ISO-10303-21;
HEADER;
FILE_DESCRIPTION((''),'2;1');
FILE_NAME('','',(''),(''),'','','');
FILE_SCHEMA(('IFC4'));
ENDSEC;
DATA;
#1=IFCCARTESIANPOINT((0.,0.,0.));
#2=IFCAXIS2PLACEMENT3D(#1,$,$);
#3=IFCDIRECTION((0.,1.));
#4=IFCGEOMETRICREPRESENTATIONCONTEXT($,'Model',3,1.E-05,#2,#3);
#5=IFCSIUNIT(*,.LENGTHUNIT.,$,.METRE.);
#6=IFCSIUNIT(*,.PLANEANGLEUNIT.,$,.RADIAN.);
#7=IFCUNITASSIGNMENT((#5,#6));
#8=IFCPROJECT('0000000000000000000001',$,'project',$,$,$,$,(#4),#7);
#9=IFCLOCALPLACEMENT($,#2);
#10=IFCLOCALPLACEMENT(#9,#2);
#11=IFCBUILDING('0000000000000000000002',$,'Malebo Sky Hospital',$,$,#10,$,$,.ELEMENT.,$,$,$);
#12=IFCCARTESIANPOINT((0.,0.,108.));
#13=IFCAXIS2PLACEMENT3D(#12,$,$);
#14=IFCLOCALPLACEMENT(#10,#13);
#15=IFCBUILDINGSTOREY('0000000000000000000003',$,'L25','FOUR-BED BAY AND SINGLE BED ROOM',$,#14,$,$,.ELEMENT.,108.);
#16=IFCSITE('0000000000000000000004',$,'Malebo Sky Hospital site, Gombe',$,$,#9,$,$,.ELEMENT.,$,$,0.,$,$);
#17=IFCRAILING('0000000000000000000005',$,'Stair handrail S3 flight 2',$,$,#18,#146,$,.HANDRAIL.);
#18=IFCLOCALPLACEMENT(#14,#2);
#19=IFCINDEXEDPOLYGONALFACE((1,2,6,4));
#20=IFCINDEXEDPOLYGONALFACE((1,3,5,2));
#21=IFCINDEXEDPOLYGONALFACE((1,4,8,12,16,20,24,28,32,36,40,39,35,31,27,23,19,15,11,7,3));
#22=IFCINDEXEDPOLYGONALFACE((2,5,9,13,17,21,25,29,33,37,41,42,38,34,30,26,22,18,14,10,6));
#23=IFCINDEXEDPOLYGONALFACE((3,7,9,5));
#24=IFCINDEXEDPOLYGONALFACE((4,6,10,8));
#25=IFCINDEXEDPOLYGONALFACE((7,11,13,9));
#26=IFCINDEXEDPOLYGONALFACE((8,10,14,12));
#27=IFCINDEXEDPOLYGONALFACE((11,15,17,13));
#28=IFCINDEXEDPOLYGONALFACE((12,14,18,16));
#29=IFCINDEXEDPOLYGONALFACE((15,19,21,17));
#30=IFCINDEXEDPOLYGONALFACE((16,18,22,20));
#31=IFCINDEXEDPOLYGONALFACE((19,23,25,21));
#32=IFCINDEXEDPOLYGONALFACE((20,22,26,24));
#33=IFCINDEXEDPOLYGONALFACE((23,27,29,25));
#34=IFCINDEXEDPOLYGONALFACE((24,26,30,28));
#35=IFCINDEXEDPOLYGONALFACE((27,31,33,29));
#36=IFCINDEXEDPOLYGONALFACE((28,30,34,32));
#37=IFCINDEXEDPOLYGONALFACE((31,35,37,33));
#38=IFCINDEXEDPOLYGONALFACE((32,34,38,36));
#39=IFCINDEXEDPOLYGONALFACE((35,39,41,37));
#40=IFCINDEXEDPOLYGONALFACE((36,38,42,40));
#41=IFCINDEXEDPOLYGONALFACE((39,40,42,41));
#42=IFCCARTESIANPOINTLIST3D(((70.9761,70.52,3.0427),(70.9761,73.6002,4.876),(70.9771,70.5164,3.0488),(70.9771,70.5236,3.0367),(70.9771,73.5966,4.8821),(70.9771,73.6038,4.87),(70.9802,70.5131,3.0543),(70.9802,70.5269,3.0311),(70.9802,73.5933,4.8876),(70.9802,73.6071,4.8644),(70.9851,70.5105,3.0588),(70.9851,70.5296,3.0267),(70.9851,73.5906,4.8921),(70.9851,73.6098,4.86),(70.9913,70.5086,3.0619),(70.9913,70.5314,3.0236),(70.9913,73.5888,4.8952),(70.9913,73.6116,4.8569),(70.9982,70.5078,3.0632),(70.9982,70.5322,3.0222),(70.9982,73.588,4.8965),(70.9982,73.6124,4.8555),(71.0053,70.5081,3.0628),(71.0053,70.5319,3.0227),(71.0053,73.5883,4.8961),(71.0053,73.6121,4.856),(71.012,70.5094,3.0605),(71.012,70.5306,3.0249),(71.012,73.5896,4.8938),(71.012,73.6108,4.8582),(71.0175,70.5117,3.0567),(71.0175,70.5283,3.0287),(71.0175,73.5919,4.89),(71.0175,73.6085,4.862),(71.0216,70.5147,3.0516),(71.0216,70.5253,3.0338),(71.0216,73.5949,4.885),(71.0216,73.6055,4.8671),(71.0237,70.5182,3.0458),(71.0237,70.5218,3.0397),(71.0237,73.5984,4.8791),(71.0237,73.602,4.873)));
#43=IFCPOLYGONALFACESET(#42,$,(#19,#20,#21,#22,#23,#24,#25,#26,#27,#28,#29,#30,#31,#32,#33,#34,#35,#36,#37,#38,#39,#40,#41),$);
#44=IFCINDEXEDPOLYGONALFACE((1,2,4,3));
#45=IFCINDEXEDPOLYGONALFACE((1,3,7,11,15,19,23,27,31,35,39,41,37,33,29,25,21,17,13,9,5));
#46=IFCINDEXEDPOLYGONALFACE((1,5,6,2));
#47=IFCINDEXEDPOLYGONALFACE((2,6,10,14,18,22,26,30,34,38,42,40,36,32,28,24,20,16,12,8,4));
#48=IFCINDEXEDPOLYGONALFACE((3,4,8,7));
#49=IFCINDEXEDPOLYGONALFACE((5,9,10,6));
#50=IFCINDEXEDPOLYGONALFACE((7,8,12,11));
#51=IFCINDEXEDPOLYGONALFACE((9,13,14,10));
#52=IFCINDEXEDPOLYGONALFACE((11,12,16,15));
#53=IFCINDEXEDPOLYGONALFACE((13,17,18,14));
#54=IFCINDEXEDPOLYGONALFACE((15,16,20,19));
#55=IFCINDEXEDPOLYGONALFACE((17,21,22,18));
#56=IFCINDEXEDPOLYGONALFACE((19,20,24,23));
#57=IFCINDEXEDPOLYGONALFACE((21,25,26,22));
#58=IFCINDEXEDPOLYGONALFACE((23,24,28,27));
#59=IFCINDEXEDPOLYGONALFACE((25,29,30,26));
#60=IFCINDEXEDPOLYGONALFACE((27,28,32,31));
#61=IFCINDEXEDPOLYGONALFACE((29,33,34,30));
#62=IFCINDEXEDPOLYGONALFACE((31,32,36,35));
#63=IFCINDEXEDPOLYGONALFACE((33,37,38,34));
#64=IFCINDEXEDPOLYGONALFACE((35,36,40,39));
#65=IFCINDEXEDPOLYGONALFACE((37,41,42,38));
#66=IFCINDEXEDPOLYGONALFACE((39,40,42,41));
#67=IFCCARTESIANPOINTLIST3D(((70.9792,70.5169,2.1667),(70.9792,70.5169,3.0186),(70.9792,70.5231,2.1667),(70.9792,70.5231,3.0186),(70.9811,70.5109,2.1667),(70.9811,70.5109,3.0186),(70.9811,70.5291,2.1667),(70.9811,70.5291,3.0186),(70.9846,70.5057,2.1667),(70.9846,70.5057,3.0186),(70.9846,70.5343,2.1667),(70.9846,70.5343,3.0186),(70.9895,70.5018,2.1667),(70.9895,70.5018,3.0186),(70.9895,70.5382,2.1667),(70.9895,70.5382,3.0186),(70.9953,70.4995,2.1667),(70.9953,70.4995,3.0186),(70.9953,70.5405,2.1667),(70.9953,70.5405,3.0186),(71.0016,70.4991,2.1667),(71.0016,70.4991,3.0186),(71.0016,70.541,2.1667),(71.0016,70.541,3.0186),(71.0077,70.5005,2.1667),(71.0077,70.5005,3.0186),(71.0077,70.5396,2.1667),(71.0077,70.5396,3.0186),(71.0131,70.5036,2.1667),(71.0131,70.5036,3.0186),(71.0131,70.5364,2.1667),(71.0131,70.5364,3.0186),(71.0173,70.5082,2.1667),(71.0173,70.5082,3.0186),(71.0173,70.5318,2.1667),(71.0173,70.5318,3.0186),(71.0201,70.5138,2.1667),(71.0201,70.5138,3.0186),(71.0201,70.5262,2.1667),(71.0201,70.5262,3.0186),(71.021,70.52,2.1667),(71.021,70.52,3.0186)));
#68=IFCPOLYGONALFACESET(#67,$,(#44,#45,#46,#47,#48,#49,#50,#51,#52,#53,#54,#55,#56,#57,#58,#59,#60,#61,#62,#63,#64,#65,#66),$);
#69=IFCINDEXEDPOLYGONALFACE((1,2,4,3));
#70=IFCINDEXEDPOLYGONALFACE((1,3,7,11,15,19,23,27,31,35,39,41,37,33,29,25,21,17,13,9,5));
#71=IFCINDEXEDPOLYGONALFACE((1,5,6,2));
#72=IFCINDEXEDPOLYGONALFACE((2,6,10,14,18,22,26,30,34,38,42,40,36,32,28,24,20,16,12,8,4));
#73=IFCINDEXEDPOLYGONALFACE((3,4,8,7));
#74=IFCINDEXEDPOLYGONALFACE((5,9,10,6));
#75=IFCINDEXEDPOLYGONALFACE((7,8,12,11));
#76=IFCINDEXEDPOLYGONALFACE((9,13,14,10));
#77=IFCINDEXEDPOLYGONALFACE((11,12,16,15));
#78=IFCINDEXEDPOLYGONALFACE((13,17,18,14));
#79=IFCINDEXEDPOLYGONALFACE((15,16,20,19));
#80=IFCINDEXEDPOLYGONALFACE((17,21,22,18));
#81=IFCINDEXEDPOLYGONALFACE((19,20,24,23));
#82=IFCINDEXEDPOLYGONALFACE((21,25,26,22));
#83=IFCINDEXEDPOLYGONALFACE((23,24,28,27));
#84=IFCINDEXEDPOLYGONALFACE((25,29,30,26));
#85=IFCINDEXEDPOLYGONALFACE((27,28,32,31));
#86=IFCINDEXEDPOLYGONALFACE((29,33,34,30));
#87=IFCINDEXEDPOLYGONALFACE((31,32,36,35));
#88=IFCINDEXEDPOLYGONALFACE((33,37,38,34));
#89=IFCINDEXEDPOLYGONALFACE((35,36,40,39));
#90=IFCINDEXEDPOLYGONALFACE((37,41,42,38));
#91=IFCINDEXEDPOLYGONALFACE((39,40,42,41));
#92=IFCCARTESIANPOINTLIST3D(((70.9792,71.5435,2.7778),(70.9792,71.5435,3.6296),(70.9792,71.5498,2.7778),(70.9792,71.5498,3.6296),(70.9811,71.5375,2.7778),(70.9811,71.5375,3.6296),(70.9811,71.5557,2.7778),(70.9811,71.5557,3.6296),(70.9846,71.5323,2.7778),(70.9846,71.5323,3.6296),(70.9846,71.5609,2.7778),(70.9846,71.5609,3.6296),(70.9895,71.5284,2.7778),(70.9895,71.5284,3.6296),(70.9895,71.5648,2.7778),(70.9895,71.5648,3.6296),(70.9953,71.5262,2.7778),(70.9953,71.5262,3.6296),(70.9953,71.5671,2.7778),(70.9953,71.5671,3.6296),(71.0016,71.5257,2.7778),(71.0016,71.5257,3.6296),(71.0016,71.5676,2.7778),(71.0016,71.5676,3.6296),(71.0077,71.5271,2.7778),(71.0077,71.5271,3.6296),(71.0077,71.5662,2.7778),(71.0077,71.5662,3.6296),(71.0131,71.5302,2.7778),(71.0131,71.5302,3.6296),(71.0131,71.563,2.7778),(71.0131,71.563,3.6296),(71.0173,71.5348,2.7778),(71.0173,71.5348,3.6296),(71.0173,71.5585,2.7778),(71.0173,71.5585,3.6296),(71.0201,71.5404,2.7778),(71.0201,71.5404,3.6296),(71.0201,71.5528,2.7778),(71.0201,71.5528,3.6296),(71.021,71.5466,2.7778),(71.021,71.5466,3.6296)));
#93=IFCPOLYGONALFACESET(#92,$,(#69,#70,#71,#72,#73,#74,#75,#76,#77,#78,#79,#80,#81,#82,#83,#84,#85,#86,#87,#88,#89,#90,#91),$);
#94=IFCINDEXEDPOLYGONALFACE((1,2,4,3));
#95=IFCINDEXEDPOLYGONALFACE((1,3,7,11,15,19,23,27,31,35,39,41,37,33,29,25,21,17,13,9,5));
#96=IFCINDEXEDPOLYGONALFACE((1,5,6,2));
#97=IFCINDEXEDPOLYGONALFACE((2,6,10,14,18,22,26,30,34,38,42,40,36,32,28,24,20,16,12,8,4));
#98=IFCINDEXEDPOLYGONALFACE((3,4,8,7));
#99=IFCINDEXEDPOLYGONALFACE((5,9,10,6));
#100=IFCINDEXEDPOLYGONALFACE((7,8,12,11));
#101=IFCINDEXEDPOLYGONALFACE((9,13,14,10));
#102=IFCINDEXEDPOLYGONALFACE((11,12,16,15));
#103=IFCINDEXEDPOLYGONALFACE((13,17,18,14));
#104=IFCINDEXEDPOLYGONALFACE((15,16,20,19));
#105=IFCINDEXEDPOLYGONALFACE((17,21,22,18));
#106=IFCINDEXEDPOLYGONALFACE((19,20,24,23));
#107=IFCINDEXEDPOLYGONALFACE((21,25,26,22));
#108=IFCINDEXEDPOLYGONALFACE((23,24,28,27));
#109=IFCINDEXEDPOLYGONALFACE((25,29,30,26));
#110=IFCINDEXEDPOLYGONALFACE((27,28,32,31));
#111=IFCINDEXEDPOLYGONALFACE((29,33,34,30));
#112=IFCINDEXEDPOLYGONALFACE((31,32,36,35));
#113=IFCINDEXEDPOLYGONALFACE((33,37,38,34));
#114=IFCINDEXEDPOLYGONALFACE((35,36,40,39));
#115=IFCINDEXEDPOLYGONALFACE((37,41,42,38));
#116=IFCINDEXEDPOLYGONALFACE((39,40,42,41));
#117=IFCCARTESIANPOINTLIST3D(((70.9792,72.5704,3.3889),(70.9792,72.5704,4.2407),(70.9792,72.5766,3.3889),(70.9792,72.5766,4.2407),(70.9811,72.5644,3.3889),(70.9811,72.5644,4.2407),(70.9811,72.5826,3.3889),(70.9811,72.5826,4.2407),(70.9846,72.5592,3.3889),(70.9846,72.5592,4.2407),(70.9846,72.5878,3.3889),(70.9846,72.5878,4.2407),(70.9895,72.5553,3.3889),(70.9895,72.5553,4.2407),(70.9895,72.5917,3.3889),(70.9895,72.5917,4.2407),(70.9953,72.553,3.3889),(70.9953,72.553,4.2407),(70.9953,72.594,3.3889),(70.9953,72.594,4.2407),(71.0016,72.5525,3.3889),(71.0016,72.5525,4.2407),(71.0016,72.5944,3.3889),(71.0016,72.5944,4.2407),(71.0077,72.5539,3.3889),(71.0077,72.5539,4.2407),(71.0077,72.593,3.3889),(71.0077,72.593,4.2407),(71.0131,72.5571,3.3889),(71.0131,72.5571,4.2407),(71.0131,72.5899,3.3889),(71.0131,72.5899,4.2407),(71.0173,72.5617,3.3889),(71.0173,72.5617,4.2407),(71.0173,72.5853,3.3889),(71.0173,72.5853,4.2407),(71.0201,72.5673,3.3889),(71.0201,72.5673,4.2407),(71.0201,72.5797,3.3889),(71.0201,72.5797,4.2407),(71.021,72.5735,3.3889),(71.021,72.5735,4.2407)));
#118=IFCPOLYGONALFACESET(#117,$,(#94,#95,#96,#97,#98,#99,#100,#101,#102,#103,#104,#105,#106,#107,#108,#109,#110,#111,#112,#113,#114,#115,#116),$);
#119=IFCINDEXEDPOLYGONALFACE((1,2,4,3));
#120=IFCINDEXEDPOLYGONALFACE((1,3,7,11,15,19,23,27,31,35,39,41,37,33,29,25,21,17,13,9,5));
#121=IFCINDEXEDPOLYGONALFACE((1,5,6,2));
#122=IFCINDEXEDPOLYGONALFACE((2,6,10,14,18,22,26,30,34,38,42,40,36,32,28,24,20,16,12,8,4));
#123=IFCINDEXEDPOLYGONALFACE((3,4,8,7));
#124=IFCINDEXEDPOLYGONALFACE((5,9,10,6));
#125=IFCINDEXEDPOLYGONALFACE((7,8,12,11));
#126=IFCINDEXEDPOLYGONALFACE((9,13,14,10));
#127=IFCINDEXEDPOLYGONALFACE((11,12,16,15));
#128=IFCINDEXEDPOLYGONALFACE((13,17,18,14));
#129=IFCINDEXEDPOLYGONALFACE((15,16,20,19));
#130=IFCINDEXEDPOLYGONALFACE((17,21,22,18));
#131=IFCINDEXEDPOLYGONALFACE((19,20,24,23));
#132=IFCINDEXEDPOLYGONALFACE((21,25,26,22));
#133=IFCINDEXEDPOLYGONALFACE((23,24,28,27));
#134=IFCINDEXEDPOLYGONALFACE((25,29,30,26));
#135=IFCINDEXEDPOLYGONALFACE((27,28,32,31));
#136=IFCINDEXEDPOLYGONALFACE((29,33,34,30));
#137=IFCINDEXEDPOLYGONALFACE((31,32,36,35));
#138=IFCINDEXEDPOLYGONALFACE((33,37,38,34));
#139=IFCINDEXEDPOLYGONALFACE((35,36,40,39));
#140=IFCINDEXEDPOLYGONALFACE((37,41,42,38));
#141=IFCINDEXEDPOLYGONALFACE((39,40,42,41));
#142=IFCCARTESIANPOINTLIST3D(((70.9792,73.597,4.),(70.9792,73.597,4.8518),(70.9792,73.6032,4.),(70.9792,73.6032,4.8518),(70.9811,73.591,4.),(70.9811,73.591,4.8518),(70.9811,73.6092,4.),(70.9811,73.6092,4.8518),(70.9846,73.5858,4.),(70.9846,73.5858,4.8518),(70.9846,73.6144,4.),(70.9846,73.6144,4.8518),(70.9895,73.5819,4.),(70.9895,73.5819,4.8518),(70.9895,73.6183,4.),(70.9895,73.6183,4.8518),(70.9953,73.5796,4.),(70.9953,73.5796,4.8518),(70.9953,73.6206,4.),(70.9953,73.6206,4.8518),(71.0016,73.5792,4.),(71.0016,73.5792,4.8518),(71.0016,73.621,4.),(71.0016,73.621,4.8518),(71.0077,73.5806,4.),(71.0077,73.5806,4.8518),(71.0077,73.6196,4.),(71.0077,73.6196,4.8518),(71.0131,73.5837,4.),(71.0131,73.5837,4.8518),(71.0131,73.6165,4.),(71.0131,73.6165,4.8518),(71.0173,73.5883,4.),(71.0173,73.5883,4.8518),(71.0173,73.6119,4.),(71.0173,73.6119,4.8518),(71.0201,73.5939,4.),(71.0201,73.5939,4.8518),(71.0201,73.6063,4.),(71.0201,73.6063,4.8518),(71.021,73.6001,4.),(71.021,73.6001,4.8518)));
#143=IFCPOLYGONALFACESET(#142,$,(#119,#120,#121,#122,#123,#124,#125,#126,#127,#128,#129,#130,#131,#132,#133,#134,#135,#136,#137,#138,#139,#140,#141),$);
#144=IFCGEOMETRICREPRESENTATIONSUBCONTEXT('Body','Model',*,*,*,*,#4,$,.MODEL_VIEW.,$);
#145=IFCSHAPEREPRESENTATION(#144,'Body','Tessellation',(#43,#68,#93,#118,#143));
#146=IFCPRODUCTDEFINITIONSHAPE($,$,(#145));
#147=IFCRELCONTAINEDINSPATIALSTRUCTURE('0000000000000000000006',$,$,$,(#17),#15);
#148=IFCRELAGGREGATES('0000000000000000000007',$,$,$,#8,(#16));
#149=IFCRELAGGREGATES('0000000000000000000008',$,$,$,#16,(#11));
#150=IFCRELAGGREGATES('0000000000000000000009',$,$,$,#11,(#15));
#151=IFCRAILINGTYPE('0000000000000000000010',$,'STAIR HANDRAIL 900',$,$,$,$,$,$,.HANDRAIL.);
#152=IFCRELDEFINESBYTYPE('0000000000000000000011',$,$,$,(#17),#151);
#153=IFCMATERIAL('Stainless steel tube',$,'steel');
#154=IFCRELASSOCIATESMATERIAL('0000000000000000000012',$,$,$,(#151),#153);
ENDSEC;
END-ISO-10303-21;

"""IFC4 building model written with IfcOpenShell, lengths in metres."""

from ifc_helpers import new_model, si_unit, direction, frame, origin, origin_2d, place, context, subcontext, project, spatial, circle, extrude, material, type_object, element, save


model = new_model("IFC4")

# Units and contexts
model_context = context("Model", 3, precision=1e-05, world=origin(), true_north=direction((0.0, 1.0)))
body_context = subcontext(model_context, "Body", "Model", "MODEL_VIEW")
ifc_project = project(units=[si_unit("LENGTHUNIT", "METRE"), si_unit("PLANEANGLEUNIT", "RADIAN")], contexts=[model_context])

# Site, building, storey
site_placement = place(None, origin())
site = spatial("IfcSite", under=ifc_project, at=site_placement, Name="Malebo Sky Hospital site, Gombe", CompositionType="ELEMENT", RefElevation=0.0)
building_placement = place(site_placement, origin())
building = spatial("IfcBuilding", under=site, at=building_placement, Name="Malebo Sky Hospital", CompositionType="ELEMENT")
storey_placement = place(building_placement, frame((0.0, 0.0, 108.0)))
storey = spatial("IfcBuildingStorey", under=building, at=storey_placement, Name="L25", Description="FOUR-BED BAY AND SINGLE BED ROOM", CompositionType="ELEMENT", Elevation=108.0)

# Railing
ifc_material_1 = material(Name="Stainless steel tube", Category="steel")
railing_type = type_object("IfcRailingType", Name="STAIR HANDRAIL 900", PredefinedType="HANDRAIL", material=ifc_material_1)
railing_1_placement = place(storey_placement, frame((71.0, 70.52, 2.1667)))
element("IfcRailing", 1, at=railing_1_placement, inside=storey, type_object=railing_type, Name="Stair handrail S3 flight 2", PredefinedType="HANDRAIL", context=body_context, shape_type="SweptSolid", body=[
    extrude(circle(Radius=0.0239, at=origin_2d()), frame((0.0, 0.0, 0.876), z_axis=(0.0, 0.859309, 0.511458), x_axis=(-1.0, 0.0, 0.0)), (0.0, 0.0, 1.0), 3.5845),
    extrude(circle(Radius=0.021, at=origin_2d()), origin(), (0.0, 0.0, 1.0), 0.8518),
    extrude(circle(Radius=0.021, at=origin_2d()), frame((0.0, 1.0266, 0.6111)), (0.0, 0.0, 1.0), 0.8518),
    extrude(circle(Radius=0.021, at=origin_2d()), frame((0.0, 2.0535, 1.2222)), (0.0, 0.0, 1.0), 0.8518),
    extrude(circle(Radius=0.021, at=origin_2d()), frame((0.0, 3.0801, 1.8333)), (0.0, 0.0, 1.0), 0.8518),
])

save(model, "model.ifc")
